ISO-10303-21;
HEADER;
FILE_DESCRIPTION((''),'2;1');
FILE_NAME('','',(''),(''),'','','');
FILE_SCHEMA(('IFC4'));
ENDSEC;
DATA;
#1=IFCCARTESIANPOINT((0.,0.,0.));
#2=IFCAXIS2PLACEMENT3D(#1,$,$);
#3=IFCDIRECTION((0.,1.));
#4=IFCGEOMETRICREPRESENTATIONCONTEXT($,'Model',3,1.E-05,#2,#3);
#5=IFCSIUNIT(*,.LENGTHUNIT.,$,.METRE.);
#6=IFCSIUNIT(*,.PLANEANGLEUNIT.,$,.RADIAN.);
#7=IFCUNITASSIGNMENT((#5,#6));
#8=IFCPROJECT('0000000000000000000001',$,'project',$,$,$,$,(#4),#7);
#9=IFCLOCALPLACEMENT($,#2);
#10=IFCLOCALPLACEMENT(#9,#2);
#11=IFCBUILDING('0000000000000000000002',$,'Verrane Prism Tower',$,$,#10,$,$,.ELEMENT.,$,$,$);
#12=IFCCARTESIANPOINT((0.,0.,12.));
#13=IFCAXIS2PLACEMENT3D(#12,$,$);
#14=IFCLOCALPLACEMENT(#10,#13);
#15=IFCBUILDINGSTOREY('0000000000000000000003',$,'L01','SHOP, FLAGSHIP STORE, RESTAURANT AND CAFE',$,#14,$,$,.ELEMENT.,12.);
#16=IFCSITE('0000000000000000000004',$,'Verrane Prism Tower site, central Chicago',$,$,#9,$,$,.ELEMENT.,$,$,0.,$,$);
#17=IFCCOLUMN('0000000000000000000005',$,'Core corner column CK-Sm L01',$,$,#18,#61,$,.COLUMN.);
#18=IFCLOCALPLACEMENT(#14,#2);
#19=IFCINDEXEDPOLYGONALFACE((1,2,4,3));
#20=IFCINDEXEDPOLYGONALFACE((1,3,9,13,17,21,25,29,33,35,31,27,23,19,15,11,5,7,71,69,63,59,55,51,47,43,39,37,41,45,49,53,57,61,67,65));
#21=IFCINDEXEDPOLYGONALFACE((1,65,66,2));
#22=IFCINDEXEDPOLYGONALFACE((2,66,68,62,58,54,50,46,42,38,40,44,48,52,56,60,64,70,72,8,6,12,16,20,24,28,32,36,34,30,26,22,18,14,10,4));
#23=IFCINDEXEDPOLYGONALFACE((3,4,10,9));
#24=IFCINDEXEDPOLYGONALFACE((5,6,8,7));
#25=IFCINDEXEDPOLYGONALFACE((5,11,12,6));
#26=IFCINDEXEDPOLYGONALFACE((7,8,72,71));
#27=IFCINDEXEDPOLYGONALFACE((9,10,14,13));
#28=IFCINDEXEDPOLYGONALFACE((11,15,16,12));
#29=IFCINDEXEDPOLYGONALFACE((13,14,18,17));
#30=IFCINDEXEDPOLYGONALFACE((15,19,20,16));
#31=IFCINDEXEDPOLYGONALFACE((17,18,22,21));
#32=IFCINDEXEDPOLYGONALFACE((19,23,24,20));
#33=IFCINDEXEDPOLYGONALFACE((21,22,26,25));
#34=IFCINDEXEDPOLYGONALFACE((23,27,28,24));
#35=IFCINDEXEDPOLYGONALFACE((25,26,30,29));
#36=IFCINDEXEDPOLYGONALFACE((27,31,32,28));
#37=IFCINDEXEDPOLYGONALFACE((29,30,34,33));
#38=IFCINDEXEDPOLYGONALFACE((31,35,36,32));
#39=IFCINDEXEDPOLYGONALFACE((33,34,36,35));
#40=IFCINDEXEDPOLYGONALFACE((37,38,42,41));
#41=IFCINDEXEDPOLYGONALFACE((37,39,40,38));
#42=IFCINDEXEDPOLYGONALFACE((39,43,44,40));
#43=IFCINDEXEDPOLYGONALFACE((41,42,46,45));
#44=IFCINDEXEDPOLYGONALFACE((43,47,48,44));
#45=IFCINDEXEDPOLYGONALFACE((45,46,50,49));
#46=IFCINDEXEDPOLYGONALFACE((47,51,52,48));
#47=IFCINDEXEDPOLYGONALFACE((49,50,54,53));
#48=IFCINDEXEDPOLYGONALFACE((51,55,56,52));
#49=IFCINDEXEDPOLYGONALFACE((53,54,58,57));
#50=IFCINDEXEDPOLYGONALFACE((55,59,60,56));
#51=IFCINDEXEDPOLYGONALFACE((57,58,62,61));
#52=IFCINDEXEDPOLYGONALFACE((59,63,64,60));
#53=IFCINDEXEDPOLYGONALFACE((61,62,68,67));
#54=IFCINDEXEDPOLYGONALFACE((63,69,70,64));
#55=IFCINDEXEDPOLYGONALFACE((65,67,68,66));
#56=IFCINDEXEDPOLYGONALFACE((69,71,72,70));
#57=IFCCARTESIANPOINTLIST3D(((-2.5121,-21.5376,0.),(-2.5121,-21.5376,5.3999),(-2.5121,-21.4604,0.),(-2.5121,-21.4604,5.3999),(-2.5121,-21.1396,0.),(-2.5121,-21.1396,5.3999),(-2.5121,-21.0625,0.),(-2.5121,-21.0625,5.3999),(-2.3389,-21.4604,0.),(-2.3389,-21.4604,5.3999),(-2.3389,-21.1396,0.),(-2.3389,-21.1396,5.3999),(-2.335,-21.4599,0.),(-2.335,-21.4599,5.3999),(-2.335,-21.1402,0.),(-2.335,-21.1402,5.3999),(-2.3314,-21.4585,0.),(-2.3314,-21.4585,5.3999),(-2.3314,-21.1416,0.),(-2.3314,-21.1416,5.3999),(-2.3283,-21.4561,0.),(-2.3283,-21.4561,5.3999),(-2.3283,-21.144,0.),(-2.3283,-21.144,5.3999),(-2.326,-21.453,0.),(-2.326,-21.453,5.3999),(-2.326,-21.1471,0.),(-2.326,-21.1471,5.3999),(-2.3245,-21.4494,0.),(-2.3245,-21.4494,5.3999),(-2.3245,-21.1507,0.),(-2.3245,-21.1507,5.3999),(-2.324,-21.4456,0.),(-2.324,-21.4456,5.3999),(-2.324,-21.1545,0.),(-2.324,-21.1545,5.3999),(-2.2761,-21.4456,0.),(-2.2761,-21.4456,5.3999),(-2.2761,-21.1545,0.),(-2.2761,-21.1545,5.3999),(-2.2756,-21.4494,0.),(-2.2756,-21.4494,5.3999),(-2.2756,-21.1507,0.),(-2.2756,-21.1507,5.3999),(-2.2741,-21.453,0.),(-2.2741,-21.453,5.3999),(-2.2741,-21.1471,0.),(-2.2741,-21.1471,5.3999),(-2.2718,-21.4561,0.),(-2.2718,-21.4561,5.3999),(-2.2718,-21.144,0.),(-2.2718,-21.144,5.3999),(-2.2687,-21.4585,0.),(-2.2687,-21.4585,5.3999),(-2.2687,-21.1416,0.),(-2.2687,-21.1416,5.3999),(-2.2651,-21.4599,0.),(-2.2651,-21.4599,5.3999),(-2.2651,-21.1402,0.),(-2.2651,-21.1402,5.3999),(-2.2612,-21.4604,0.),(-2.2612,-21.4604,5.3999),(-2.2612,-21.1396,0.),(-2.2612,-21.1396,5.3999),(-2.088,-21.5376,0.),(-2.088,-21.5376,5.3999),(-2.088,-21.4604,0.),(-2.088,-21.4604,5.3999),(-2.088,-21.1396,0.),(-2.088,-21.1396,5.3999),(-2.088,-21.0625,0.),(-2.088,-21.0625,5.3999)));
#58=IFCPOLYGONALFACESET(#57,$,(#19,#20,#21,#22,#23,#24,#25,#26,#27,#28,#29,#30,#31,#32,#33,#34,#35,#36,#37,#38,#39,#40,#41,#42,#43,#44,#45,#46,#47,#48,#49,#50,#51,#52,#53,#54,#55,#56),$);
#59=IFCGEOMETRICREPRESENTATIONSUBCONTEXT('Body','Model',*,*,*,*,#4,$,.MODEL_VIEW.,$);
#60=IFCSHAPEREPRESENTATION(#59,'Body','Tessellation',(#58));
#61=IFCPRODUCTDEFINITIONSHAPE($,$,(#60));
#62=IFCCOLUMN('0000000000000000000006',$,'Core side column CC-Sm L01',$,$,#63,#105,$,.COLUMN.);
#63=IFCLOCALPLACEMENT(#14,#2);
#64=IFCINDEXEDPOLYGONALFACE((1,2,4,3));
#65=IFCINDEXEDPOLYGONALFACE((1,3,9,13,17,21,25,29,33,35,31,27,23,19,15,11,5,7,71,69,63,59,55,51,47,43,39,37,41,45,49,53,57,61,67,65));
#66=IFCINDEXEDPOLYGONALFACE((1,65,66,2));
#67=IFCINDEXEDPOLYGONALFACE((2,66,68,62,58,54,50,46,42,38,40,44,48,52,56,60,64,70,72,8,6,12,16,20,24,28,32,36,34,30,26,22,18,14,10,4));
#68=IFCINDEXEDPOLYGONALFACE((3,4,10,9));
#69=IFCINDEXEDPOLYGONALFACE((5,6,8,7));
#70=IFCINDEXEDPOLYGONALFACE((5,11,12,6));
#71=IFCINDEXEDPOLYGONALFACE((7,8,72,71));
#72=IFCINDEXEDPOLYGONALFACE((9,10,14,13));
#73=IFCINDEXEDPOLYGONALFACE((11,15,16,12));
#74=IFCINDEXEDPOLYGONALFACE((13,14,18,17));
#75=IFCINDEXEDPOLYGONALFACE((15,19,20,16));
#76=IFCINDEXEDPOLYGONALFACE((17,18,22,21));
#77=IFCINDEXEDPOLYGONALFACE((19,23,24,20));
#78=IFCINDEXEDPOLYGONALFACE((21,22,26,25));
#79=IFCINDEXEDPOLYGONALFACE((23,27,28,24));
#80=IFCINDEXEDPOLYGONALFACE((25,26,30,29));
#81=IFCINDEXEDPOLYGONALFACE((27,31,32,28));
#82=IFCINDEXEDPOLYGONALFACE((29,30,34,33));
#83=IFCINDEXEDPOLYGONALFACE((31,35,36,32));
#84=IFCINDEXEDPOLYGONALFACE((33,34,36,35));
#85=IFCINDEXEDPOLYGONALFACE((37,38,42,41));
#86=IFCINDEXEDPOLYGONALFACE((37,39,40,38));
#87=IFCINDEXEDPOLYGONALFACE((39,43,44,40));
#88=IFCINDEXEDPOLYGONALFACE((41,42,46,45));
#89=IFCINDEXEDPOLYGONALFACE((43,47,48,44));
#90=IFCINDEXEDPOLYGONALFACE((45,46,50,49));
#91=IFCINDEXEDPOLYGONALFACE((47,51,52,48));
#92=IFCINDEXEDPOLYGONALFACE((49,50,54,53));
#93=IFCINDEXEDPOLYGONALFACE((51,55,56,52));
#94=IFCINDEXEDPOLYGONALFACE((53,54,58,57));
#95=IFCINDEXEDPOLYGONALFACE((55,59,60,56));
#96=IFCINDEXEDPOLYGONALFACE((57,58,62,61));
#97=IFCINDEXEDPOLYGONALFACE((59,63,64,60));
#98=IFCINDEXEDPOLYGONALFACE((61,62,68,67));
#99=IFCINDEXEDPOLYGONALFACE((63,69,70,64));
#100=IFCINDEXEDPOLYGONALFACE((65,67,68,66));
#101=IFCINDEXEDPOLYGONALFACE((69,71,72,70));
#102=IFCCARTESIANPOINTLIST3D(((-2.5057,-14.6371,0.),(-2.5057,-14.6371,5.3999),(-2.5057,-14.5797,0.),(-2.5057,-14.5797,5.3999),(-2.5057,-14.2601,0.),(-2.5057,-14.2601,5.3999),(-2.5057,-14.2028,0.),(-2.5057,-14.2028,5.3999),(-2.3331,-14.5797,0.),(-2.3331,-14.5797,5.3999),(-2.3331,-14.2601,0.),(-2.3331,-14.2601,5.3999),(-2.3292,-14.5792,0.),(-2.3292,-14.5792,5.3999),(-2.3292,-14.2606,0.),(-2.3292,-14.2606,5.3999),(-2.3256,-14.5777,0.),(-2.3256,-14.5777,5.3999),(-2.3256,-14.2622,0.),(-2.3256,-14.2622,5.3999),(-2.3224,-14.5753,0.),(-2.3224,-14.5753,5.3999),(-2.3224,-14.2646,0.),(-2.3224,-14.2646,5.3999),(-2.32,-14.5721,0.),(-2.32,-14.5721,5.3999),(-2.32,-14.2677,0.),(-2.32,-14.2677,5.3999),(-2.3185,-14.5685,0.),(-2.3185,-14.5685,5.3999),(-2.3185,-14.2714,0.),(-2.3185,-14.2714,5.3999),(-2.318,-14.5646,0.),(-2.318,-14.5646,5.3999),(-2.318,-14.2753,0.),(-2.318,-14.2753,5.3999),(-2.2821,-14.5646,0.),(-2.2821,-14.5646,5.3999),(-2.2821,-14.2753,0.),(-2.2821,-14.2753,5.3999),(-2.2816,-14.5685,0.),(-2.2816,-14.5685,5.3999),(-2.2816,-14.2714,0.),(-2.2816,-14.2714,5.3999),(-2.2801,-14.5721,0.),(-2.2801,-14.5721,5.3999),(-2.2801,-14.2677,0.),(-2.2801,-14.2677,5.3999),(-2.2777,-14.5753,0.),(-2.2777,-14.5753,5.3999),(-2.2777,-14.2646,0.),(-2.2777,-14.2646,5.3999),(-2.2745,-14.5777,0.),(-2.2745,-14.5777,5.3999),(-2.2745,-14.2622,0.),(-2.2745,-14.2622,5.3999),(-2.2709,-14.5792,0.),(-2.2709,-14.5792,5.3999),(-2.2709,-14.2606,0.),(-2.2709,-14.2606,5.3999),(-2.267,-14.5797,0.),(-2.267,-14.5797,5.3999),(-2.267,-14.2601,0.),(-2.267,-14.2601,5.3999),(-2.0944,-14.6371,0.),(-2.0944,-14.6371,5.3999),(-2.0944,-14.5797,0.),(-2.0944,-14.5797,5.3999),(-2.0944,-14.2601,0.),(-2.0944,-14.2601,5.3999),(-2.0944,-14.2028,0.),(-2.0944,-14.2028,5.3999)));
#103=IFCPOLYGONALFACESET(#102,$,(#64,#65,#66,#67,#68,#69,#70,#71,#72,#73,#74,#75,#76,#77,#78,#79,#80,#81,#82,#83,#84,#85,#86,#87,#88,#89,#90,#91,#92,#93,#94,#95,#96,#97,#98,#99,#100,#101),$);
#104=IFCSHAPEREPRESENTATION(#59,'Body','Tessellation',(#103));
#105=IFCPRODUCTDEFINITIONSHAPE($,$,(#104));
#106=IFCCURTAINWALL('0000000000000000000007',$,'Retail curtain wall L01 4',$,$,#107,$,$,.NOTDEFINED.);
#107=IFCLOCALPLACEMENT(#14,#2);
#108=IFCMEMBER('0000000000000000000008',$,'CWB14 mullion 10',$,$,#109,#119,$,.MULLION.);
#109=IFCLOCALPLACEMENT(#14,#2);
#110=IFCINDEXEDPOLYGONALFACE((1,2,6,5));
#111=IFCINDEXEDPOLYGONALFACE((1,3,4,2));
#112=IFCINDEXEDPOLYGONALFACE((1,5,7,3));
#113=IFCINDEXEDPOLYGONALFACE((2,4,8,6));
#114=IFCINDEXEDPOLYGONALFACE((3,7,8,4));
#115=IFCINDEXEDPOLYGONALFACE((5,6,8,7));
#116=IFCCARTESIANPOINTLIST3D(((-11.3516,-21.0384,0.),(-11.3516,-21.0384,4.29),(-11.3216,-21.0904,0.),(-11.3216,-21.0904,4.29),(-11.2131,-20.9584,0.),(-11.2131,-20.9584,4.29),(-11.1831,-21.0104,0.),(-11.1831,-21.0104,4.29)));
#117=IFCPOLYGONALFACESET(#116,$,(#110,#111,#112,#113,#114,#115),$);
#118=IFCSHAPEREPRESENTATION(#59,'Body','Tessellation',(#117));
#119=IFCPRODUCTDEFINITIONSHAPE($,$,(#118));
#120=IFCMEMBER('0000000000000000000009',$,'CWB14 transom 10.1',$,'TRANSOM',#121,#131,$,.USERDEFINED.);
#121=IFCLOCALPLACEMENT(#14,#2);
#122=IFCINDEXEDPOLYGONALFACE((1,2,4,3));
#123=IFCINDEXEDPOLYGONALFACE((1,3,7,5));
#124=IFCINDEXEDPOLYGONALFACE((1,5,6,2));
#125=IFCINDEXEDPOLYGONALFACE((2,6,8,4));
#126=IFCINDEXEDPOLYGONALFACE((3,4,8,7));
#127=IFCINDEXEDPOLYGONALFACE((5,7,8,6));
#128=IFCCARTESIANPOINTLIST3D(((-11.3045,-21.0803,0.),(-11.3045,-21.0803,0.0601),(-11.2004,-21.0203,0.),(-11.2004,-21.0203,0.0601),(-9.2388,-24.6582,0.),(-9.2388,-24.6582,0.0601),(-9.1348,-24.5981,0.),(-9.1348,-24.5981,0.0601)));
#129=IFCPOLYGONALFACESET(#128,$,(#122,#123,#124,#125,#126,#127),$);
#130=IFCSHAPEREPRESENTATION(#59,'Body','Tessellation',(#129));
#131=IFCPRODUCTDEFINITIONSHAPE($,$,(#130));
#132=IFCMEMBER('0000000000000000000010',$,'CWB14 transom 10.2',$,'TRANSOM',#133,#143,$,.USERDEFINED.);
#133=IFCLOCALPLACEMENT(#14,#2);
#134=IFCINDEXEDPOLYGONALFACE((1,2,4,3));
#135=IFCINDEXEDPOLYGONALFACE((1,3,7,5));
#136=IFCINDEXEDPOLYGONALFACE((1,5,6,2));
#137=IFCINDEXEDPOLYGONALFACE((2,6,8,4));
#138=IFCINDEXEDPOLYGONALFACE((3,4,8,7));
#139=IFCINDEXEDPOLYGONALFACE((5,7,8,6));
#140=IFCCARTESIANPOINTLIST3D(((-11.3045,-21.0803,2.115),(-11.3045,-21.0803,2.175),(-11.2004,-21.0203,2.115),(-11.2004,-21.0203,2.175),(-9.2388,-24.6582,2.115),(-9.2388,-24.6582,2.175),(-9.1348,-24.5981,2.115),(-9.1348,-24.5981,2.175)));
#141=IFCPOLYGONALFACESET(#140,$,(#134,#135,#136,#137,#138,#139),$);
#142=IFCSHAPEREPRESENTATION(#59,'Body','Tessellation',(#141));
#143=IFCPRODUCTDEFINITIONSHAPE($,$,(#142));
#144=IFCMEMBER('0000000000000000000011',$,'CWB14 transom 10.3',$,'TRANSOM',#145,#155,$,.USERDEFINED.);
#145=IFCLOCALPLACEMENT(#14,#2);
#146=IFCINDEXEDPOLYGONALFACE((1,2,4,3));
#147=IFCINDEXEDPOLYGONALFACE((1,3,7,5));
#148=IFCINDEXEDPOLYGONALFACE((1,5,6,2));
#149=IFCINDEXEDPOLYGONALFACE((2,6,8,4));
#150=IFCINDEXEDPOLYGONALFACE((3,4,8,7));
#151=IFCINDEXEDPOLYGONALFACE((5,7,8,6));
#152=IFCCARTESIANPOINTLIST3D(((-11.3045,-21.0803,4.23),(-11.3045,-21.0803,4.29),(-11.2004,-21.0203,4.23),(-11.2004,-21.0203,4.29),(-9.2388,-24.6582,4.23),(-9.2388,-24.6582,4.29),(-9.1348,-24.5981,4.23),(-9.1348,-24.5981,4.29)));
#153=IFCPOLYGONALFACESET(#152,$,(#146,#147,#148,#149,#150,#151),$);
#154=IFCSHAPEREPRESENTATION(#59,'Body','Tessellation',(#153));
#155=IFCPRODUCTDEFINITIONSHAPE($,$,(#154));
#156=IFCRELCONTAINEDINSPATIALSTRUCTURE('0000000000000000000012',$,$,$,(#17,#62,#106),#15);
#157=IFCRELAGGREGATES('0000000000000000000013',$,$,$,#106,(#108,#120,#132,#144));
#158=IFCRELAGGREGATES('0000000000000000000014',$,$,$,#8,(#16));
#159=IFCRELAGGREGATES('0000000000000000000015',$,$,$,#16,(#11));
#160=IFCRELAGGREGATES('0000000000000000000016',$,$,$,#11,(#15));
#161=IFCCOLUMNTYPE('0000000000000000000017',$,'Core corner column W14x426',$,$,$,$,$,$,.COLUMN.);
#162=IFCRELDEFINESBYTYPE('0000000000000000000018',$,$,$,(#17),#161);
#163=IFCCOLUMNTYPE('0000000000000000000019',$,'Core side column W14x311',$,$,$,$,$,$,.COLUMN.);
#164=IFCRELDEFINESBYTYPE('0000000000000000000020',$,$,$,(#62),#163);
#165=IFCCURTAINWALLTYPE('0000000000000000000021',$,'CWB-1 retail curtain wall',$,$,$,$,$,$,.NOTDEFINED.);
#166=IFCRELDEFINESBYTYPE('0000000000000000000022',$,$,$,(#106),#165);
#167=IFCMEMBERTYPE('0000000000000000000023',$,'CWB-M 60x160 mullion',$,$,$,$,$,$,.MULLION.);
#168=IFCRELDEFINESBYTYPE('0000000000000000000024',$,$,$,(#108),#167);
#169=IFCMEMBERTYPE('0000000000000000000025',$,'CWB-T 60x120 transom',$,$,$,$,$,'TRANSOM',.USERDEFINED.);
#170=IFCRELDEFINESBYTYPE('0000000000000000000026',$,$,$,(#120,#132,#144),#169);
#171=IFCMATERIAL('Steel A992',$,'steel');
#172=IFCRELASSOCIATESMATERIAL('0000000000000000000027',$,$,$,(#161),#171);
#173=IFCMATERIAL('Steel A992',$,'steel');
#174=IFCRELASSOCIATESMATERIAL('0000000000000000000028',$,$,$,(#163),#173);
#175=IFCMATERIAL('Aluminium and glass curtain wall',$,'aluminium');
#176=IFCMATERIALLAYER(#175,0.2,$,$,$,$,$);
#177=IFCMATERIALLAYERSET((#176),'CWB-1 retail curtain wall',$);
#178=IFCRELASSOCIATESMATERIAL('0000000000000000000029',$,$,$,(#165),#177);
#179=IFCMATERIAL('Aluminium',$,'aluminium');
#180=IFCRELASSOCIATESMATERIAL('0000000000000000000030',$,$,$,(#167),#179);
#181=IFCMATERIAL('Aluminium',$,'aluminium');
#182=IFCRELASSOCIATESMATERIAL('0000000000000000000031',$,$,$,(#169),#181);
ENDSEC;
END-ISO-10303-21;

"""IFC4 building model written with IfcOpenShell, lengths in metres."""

from ifc_helpers import new_model, si_unit, direction, frame, origin, origin_2d, place, context, subcontext, project, spatial, rectangle, i_section, extrude, material, layer, layer_set, material_profile, profile_set, type_object, element, aggregate, save


model = new_model("IFC4")

# Units and contexts
model_context = context("Model", 3, precision=1e-05, world=origin(), true_north=direction((0.0, 1.0)))
body_context = subcontext(model_context, "Body", "Model", "MODEL_VIEW")
ifc_project = project(units=[si_unit("LENGTHUNIT", "METRE"), si_unit("PLANEANGLEUNIT", "RADIAN")], contexts=[model_context])

# Site, building, storey
site_placement = place(None, origin())
site = spatial("IfcSite", under=ifc_project, at=site_placement, Name="Verrane Prism Tower site, central Chicago", CompositionType="ELEMENT", RefElevation=0.0)
building_placement = place(site_placement, origin())
building = spatial("IfcBuilding", under=site, at=building_placement, Name="Verrane Prism Tower", CompositionType="ELEMENT")
storey_placement = place(building_placement, frame((0.0, 0.0, 12.0)))
storey = spatial("IfcBuildingStorey", under=building, at=storey_placement, Name="L01", Description="SHOP, FLAGSHIP STORE, RESTAURANT AND CAFE", CompositionType="ELEMENT", Elevation=12.0)

# Columns
ifc_material_1 = material(Name="Steel A992", Category="steel")
ifc_material_profile_1 = material_profile(ifc_material_1, i_section(OverallWidth=0.4241, OverallDepth=0.4751, WebThickness=0.0479, FlangeThickness=0.0771, FilletRadius=0.0149, at=origin_2d()), Name="W14x426")
ifc_profile_set_1 = profile_set([ifc_material_profile_1], Name="Steel A992")
column_type_1 = type_object("IfcColumnType", Name="Core corner column W14x426", PredefinedType="COLUMN", material=ifc_profile_set_1)
column_1_placement = place(storey_placement, frame((-2.3, -21.3, 0.0), z_axis=(0.0, 0.0, 1.0), x_axis=(-1.0, 0.0, 0.0)))
element("IfcColumn", 1, at=column_1_placement, inside=storey, type_object=column_type_1, Name="Core corner column CK-Sm L01", PredefinedType="COLUMN", context=body_context, shape_type="SweptSolid", body=[
    extrude(i_section(OverallWidth=0.4241, OverallDepth=0.4751, WebThickness=0.0479, FlangeThickness=0.0771, FilletRadius=0.0149, at=origin_2d()), origin(), (0.0, 0.0, 1.0), 5.3999),
])
ifc_material_2 = material(Name="Steel A992", Category="steel")
ifc_material_profile_2 = material_profile(ifc_material_2, i_section(OverallWidth=0.4114, OverallDepth=0.4343, WebThickness=0.0359, FlangeThickness=0.0574, FilletRadius=0.0151, at=origin_2d()), Name="W14x311")
ifc_profile_set_2 = profile_set([ifc_material_profile_2], Name="Steel A992")
column_type_2 = type_object("IfcColumnType", Name="Core side column W14x311", PredefinedType="COLUMN", material=ifc_profile_set_2)
column_2_placement = place(storey_placement, frame((-2.3, -14.4199, 0.0), z_axis=(0.0, 0.0, 1.0), x_axis=(1.0, 0.0, 0.0)))
element("IfcColumn", 2, at=column_2_placement, inside=storey, type_object=column_type_2, Name="Core side column CC-Sm L01", PredefinedType="COLUMN", context=body_context, shape_type="SweptSolid", body=[
    extrude(i_section(OverallWidth=0.4114, OverallDepth=0.4343, WebThickness=0.0359, FlangeThickness=0.0574, FilletRadius=0.0151, at=origin_2d()), origin(), (0.0, 0.0, 1.0), 5.3999),
])

# Curtain wall, members
ifc_material_3 = material(Name="Aluminium and glass curtain wall", Category="aluminium")
ifc_layer_1 = layer(ifc_material_3, 0.2)
ifc_layer_set_1 = layer_set([ifc_layer_1], Name="CWB-1 retail curtain wall")
curtain_wall_type = type_object("IfcCurtainWallType", Name="CWB-1 retail curtain wall", PredefinedType="NOTDEFINED", material=ifc_layer_set_1)
curtain_wall_placement = place(storey_placement, origin())
curtain_wall = element("IfcCurtainWall", 3, at=curtain_wall_placement, inside=storey, type_object=curtain_wall_type, Name="Retail curtain wall L01 4", PredefinedType="NOTDEFINED")
ifc_material_4 = material(Name="Aluminium", Category="aluminium")
ifc_material_profile_3 = material_profile(ifc_material_4, rectangle(XDim=0.1599, YDim=0.0601, at=origin_2d()), Name="CWB-M 60x160 mullion")
ifc_profile_set_3 = profile_set([ifc_material_profile_3], Name="Aluminium")
member_type_1 = type_object("IfcMemberType", Name="CWB-M 60x160 mullion", PredefinedType="MULLION", material=ifc_profile_set_3)
member_1_placement = place(storey_placement, frame((-11.2673, -21.0244, 0.0), z_axis=(0.0, 0.0, 1.0), x_axis=(0.866025, 0.5, 0.0)))
member_1 = element("IfcMember", 4, at=member_1_placement, type_object=member_type_1, Name="CWB14 mullion 10", PredefinedType="MULLION", context=body_context, shape_type="SweptSolid", body=[
    extrude(rectangle(XDim=0.1599, YDim=0.0601, at=origin_2d()), origin(), (0.0, 0.0, 1.0), 4.29),
])
ifc_material_5 = material(Name="Aluminium", Category="aluminium")
ifc_material_profile_4 = material_profile(ifc_material_5, rectangle(XDim=0.1201, YDim=0.0601, at=origin_2d()), Name="CWB-T 60x120 transom")
ifc_profile_set_4 = profile_set([ifc_material_profile_4], Name="Aluminium")
member_type_2 = type_object("IfcMemberType", Name="CWB-T 60x120 transom", ElementType="TRANSOM", PredefinedType="USERDEFINED", material=ifc_profile_set_4)
member_2_placement = place(storey_placement, frame((-11.2524, -21.0503, 0.03), z_axis=(0.499997, -0.866027, 0.0), x_axis=(0.866027, 0.499997, 0.0)))
member_2 = element("IfcMember", 5, at=member_2_placement, type_object=member_type_2, Name="CWB14 transom 10.1", ObjectType="TRANSOM", PredefinedType="USERDEFINED", context=body_context, shape_type="SweptSolid", body=[
    extrude(rectangle(XDim=0.1201, YDim=0.0601, at=origin_2d()), origin(), (0.0, 0.0, 1.0), 4.1313),
])
member_3_placement = place(storey_placement, frame((-11.2524, -21.0503, 2.145), z_axis=(0.499997, -0.866027, 0.0), x_axis=(0.866027, 0.499997, 0.0)))
member_3 = element("IfcMember", 6, at=member_3_placement, type_object=member_type_2, Name="CWB14 transom 10.2", ObjectType="TRANSOM", PredefinedType="USERDEFINED", context=body_context, shape_type="SweptSolid", body=[
    extrude(rectangle(XDim=0.1201, YDim=0.0601, at=origin_2d()), origin(), (0.0, 0.0, 1.0), 4.1313),
])
member_4_placement = place(storey_placement, frame((-11.2524, -21.0503, 4.26), z_axis=(0.499997, -0.866027, 0.0), x_axis=(0.866027, 0.499997, 0.0)))
member_4 = element("IfcMember", 7, at=member_4_placement, type_object=member_type_2, Name="CWB14 transom 10.3", ObjectType="TRANSOM", PredefinedType="USERDEFINED", context=body_context, shape_type="SweptSolid", body=[
    extrude(rectangle(XDim=0.1201, YDim=0.0601, at=origin_2d()), origin(), (0.0, 0.0, 1.0), 4.1313),
])

aggregate(curtain_wall, [member_1, member_2, member_3, member_4])

save(model, "model.ifc")
